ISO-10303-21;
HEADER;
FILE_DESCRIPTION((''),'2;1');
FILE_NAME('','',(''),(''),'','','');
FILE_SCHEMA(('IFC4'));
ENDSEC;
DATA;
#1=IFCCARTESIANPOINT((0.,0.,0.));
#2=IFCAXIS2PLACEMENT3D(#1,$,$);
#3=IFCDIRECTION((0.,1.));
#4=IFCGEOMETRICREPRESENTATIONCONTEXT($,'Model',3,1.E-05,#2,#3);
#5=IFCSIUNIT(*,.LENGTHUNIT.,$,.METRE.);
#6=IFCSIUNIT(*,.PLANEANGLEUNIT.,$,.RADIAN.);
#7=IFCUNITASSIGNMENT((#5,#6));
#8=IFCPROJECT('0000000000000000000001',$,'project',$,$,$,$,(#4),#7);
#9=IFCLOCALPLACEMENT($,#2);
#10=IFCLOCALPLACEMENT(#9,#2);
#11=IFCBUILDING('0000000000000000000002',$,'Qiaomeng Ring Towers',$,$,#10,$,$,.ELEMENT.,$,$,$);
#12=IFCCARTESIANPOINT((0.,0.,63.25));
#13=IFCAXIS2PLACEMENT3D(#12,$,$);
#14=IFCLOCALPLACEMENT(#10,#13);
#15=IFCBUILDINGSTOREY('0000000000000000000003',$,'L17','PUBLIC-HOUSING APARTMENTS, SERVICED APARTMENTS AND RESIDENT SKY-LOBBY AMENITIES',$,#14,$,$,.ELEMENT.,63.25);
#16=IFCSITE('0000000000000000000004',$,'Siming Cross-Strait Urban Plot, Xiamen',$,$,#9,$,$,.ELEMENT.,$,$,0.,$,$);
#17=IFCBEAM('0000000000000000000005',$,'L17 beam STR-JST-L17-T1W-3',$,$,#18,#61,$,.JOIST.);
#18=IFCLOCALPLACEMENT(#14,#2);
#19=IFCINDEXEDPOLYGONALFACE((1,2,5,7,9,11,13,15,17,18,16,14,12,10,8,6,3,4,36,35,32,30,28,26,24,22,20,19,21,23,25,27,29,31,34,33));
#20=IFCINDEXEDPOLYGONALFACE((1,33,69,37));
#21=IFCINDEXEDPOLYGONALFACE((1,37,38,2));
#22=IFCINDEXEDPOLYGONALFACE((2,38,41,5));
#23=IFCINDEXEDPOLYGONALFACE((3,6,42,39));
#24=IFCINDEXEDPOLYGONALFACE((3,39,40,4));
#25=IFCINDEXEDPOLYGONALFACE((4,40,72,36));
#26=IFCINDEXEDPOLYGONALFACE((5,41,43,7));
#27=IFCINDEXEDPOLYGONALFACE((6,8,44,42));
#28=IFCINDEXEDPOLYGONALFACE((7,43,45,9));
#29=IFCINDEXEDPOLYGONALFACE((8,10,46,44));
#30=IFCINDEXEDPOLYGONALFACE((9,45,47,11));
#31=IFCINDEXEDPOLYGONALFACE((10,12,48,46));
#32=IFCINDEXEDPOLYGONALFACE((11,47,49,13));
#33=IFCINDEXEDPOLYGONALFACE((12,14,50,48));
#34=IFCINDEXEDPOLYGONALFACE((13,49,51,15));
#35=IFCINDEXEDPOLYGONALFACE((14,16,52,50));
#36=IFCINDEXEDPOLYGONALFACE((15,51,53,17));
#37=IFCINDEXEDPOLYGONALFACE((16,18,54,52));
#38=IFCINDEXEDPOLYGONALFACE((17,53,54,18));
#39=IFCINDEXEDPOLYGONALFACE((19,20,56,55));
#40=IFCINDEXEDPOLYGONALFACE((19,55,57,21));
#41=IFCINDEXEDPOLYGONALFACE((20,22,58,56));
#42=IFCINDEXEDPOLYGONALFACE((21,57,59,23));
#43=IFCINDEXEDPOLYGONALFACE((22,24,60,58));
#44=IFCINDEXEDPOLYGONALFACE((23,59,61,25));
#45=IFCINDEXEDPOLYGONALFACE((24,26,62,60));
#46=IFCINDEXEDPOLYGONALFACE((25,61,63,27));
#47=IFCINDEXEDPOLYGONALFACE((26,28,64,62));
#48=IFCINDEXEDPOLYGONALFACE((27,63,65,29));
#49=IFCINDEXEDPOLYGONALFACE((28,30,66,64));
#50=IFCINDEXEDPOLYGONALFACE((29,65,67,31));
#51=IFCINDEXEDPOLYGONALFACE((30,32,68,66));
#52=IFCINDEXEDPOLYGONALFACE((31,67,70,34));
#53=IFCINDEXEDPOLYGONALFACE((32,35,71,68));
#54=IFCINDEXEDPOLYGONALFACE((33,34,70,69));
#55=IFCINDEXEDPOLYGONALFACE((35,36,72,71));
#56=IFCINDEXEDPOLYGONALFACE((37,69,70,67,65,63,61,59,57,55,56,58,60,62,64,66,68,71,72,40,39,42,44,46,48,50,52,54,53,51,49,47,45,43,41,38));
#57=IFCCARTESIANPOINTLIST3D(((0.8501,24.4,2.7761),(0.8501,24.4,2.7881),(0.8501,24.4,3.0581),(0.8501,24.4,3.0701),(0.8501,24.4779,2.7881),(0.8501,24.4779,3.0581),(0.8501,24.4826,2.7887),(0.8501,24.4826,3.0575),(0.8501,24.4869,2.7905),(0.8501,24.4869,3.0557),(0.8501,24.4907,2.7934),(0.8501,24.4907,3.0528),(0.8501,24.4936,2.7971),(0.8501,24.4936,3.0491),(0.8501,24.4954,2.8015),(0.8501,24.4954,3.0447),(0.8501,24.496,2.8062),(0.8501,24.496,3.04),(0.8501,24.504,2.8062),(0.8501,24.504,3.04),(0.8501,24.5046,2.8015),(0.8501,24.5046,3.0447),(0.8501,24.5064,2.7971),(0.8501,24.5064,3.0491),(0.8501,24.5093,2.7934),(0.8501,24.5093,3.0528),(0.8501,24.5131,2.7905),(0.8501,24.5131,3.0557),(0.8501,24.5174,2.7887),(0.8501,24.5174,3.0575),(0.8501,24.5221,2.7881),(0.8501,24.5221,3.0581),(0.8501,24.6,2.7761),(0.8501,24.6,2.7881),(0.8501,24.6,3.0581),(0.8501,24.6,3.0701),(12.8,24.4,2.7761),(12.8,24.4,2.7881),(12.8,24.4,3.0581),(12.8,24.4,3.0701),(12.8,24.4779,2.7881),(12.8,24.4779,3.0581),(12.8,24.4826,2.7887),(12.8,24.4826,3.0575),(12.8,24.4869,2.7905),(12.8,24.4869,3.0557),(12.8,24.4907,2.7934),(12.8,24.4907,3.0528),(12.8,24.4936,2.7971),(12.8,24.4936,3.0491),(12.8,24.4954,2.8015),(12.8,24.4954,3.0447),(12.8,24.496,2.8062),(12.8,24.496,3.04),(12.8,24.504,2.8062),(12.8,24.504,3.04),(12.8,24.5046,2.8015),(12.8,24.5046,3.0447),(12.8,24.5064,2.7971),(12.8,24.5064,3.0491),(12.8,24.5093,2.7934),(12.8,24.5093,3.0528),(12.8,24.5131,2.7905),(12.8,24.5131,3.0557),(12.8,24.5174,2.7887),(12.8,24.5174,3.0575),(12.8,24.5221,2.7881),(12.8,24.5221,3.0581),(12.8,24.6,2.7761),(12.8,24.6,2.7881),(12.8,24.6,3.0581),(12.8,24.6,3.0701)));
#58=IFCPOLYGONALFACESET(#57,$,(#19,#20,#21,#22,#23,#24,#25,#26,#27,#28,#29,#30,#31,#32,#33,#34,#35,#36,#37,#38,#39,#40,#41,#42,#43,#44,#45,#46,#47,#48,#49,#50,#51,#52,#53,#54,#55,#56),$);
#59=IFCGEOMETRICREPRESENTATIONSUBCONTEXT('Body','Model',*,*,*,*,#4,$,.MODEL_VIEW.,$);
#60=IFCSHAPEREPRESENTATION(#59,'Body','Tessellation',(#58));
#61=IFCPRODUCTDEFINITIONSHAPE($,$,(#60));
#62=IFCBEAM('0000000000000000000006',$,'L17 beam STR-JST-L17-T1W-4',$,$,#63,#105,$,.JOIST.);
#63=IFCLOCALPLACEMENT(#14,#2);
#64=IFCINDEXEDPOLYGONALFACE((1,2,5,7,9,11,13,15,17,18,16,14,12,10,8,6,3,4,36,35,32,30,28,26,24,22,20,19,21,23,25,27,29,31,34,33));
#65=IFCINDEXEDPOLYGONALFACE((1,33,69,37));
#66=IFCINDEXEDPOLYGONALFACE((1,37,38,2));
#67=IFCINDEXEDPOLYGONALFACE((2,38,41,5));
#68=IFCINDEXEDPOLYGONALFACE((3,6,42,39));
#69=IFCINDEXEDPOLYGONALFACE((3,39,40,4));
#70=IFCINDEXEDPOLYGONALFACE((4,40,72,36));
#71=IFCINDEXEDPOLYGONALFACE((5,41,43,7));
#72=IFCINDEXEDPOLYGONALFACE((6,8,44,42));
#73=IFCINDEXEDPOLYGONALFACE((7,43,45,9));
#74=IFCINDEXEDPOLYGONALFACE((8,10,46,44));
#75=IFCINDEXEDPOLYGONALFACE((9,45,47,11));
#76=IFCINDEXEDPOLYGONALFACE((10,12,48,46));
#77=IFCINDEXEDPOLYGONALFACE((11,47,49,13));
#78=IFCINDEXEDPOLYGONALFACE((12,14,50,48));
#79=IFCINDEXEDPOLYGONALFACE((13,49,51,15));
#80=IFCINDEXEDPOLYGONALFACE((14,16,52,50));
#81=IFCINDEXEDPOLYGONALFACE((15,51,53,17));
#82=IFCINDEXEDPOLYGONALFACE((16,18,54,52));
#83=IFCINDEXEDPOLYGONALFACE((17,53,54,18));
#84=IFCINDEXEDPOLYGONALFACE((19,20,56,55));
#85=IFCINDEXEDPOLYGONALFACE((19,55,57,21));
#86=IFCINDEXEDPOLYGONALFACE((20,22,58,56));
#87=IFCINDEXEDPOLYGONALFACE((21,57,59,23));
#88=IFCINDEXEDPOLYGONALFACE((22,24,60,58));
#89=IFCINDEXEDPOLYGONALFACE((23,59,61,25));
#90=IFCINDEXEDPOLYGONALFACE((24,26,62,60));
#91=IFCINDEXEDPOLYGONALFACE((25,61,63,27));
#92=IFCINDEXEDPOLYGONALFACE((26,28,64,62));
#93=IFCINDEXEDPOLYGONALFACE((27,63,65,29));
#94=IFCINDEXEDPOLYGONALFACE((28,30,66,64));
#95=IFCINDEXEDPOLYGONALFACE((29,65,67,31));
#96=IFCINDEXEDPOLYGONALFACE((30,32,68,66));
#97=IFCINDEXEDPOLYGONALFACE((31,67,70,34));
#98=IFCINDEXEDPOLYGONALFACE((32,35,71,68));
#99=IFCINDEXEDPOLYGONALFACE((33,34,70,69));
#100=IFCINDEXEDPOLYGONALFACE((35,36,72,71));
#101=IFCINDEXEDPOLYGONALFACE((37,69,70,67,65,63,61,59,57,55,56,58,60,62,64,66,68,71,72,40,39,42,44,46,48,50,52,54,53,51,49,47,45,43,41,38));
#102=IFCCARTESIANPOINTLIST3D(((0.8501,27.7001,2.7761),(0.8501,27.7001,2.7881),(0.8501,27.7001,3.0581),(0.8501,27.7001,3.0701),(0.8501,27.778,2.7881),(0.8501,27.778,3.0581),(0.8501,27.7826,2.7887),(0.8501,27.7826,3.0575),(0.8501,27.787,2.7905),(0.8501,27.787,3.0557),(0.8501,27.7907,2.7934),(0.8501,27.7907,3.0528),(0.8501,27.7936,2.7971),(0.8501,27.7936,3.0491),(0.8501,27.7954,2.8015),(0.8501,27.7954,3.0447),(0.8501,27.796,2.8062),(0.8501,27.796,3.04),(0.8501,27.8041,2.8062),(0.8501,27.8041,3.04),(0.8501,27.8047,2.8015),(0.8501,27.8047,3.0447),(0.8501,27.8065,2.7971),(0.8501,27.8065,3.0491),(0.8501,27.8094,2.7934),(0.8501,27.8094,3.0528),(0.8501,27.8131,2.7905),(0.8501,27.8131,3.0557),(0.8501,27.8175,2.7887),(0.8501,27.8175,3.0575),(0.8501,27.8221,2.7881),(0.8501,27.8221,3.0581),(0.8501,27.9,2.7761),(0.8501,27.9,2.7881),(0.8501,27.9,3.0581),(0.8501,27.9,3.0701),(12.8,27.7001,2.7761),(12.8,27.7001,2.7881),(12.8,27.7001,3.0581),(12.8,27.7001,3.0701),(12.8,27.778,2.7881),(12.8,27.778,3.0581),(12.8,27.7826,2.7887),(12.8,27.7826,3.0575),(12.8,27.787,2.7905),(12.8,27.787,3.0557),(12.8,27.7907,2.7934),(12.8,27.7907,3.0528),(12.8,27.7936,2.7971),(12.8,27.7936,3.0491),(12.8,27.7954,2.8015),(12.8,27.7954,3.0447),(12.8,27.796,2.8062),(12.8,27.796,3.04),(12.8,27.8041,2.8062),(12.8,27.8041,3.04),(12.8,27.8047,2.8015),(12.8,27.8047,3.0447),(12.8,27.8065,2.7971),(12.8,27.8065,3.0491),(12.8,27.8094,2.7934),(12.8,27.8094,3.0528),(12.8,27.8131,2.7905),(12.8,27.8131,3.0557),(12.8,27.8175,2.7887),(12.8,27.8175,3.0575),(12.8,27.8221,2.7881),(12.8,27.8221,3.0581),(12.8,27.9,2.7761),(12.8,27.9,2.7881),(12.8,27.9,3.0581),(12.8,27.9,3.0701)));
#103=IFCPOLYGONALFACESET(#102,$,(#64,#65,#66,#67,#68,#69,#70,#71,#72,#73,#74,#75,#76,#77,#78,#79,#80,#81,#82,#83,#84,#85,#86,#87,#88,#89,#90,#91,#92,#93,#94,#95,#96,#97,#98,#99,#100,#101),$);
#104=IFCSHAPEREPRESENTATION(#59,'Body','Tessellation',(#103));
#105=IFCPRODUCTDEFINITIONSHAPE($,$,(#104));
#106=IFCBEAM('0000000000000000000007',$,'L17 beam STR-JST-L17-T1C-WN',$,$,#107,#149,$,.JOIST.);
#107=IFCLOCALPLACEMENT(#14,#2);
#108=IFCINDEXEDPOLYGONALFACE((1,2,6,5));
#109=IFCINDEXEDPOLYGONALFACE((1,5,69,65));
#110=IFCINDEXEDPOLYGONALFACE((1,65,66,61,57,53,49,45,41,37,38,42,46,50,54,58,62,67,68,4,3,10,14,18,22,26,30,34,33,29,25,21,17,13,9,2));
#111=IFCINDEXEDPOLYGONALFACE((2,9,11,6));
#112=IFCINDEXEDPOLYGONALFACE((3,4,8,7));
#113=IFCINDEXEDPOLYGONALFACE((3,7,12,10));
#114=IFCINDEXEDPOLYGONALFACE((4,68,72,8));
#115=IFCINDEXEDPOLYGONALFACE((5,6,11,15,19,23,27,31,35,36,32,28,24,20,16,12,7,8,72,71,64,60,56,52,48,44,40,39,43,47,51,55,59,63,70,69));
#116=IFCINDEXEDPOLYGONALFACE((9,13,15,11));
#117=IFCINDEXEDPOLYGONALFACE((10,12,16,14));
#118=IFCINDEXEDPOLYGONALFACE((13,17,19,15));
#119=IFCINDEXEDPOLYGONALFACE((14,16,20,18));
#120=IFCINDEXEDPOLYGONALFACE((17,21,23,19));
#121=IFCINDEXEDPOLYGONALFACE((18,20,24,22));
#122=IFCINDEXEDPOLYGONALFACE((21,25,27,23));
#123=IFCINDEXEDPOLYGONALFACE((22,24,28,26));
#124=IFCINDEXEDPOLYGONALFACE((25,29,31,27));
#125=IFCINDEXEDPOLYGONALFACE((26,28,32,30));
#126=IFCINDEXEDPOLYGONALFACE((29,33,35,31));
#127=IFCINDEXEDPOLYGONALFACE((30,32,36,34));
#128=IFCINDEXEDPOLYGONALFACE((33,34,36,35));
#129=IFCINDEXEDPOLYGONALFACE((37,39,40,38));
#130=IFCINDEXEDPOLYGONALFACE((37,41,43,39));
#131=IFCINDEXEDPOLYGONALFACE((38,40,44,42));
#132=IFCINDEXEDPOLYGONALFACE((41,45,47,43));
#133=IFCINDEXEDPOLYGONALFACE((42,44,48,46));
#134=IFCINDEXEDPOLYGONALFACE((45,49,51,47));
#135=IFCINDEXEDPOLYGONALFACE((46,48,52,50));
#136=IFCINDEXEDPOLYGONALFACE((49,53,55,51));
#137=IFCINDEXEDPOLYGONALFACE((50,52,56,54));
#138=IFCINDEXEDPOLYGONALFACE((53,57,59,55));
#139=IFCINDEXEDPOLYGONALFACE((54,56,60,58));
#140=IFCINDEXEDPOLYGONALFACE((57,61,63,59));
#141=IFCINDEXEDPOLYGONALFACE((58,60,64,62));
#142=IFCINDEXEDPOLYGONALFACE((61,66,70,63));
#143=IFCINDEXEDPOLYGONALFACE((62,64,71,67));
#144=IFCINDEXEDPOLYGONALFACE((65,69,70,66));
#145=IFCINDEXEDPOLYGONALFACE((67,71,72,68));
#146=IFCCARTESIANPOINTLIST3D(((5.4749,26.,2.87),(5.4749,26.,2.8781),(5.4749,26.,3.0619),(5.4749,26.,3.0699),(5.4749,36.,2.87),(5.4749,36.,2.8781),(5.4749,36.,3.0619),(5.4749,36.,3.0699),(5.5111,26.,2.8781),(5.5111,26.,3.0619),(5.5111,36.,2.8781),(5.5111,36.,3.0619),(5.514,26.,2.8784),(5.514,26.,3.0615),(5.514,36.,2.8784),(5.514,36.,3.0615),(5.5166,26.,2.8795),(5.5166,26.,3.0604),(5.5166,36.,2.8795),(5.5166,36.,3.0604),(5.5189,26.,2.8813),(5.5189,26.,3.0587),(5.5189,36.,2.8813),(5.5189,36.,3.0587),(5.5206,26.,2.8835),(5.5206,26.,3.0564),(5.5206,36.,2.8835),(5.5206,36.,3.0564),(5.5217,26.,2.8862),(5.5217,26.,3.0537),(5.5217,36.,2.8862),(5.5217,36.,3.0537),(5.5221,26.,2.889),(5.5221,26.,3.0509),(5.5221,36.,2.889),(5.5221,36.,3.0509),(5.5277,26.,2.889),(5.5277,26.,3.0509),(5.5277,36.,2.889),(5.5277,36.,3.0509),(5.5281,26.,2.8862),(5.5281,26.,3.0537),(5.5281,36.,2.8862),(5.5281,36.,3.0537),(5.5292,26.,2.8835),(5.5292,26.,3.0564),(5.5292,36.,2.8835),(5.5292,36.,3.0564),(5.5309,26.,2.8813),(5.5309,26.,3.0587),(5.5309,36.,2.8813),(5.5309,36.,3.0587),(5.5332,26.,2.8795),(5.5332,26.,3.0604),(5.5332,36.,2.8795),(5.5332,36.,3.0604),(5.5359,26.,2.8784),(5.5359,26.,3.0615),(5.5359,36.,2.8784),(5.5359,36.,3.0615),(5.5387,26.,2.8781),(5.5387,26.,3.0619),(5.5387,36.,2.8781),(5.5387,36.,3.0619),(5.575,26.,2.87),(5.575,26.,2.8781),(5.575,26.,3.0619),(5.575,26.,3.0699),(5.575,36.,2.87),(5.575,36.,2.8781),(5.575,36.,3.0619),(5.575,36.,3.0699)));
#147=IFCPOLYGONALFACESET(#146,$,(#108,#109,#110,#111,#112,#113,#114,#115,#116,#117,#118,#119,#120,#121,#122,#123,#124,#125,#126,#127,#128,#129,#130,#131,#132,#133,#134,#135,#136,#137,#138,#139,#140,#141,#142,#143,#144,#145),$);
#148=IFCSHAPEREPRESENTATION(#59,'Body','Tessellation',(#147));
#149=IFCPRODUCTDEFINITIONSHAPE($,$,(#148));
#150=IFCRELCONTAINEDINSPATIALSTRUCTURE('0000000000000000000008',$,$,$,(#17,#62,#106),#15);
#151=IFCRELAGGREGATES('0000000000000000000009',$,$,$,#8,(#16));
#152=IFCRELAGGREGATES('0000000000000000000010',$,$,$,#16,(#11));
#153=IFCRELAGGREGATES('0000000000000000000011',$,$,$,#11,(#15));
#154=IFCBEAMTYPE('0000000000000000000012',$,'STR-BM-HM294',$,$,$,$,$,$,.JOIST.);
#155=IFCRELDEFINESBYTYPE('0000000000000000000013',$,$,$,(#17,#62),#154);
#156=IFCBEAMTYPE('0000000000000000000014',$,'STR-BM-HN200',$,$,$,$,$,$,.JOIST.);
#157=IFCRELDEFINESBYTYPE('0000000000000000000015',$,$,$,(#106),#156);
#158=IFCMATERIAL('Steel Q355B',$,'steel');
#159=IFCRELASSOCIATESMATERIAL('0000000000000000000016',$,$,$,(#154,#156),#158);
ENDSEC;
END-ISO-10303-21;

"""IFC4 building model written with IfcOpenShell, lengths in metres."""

from ifc_helpers import new_model, si_unit, direction, frame, origin, origin_2d, place, context, subcontext, project, spatial, i_section, extrude, source, transform, mapped, material, material_profile, profile_set, type_object, element, save


model = new_model("IFC4")

# Units and contexts
model_context = context("Model", 3, precision=1e-05, world=origin(), true_north=direction((0.0, 1.0)))
body_context = subcontext(model_context, "Body", "Model", "MODEL_VIEW")
ifc_project = project(units=[si_unit("LENGTHUNIT", "METRE"), si_unit("PLANEANGLEUNIT", "RADIAN")], contexts=[model_context])

# Site, building, storey
site_placement = place(None, origin())
site = spatial("IfcSite", under=ifc_project, at=site_placement, Name="Siming Cross-Strait Urban Plot, Xiamen", CompositionType="ELEMENT", RefElevation=0.0)
building_placement = place(site_placement, origin())
building = spatial("IfcBuilding", under=site, at=building_placement, Name="Qiaomeng Ring Towers", CompositionType="ELEMENT")
storey_placement = place(building_placement, frame((0.0, 0.0, 63.25)))
storey = spatial("IfcBuildingStorey", under=building, at=storey_placement, Name="L17", Description="PUBLIC-HOUSING APARTMENTS, SERVICED APARTMENTS AND RESIDENT SKY-LOBBY AMENITIES", CompositionType="ELEMENT", Elevation=63.25)

# Beams
ifc_material_1 = material(Name="Steel Q355B", Category="steel")
ifc_material_profile_1 = material_profile(ifc_material_1, i_section(OverallWidth=0.2, OverallDepth=0.2939, WebThickness=0.0081, FlangeThickness=0.012, FilletRadius=0.0181, at=origin_2d()), Name="HM 294x200x8x12")
ifc_profile_set_1 = profile_set([ifc_material_profile_1], Name="Steel Q355B")
beam_type_1 = type_object("IfcBeamType", Name="STR-BM-HM294", PredefinedType="JOIST", material=ifc_profile_set_1)
shared_shape_1 = source(origin(), body_context, "Body", "SweptSolid", [
    extrude(i_section(OverallWidth=0.2, OverallDepth=0.2939, WebThickness=0.0081, FlangeThickness=0.012, FilletRadius=0.0181, at=origin_2d()), origin(), (0.0, 0.0, 1.0), 11.95),
])
for number, where, z_axis, x_axis, name in (
    (1, (0.8501, 24.5, 2.9231), (1.0, 0.0, 0.0), (0.0, 1.0, 0.0), "L17 beam STR-JST-L17-T1W-3"),
    (2, (0.8501, 27.8, 2.9231), (1.0, 0.0, 0.0), (0.0, 1.0, 0.0), "L17 beam STR-JST-L17-T1W-4"),
):
    element("IfcBeam", number, at=place(storey_placement, frame(where, z_axis=z_axis, x_axis=x_axis)), inside=storey, type_object=beam_type_1, Name=name, PredefinedType="JOIST", context=body_context, shape_type="MappedRepresentation", body=[
        mapped(shared_shape_1, transform((0.0, 0.0, 0.0), x_axis=(1.0, 0.0, 0.0), y_axis=(0.0, 1.0, 0.0), z_axis=(0.0, 0.0, 1.0), scale=1.0)),
    ])
ifc_material_profile_2 = material_profile(ifc_material_1, i_section(OverallWidth=0.1001, OverallDepth=0.2, WebThickness=0.0056, FlangeThickness=0.0081, FilletRadius=0.011, at=origin_2d()), Name="HN 200x100x5.5x8")
ifc_profile_set_2 = profile_set([ifc_material_profile_2], Name="Steel Q355B")
beam_type_2 = type_object("IfcBeamType", Name="STR-BM-HN200", PredefinedType="JOIST", material=ifc_profile_set_2)
shared_shape_2 = source(origin(), body_context, "Body", "SweptSolid", [
    extrude(i_section(OverallWidth=0.1001, OverallDepth=0.2, WebThickness=0.0056, FlangeThickness=0.0081, FilletRadius=0.011, at=origin_2d()), origin(), (0.0, 0.0, 1.0), 10.0),
])
beam_1_placement = place(storey_placement, frame((5.5249, 26.0, 2.97), z_axis=(0.0, 1.0, 0.0), x_axis=(-1.0, 0.0, 0.0)))
element("IfcBeam", 3, at=beam_1_placement, inside=storey, type_object=beam_type_2, Name="L17 beam STR-JST-L17-T1C-WN", PredefinedType="JOIST", context=body_context, shape_type="MappedRepresentation", body=[
    mapped(shared_shape_2, transform((0.0, 0.0, 0.0), x_axis=(1.0, 0.0, 0.0), y_axis=(0.0, 1.0, 0.0), z_axis=(0.0, 0.0, 1.0), scale=1.0)),
])

save(model, "model.ifc")
